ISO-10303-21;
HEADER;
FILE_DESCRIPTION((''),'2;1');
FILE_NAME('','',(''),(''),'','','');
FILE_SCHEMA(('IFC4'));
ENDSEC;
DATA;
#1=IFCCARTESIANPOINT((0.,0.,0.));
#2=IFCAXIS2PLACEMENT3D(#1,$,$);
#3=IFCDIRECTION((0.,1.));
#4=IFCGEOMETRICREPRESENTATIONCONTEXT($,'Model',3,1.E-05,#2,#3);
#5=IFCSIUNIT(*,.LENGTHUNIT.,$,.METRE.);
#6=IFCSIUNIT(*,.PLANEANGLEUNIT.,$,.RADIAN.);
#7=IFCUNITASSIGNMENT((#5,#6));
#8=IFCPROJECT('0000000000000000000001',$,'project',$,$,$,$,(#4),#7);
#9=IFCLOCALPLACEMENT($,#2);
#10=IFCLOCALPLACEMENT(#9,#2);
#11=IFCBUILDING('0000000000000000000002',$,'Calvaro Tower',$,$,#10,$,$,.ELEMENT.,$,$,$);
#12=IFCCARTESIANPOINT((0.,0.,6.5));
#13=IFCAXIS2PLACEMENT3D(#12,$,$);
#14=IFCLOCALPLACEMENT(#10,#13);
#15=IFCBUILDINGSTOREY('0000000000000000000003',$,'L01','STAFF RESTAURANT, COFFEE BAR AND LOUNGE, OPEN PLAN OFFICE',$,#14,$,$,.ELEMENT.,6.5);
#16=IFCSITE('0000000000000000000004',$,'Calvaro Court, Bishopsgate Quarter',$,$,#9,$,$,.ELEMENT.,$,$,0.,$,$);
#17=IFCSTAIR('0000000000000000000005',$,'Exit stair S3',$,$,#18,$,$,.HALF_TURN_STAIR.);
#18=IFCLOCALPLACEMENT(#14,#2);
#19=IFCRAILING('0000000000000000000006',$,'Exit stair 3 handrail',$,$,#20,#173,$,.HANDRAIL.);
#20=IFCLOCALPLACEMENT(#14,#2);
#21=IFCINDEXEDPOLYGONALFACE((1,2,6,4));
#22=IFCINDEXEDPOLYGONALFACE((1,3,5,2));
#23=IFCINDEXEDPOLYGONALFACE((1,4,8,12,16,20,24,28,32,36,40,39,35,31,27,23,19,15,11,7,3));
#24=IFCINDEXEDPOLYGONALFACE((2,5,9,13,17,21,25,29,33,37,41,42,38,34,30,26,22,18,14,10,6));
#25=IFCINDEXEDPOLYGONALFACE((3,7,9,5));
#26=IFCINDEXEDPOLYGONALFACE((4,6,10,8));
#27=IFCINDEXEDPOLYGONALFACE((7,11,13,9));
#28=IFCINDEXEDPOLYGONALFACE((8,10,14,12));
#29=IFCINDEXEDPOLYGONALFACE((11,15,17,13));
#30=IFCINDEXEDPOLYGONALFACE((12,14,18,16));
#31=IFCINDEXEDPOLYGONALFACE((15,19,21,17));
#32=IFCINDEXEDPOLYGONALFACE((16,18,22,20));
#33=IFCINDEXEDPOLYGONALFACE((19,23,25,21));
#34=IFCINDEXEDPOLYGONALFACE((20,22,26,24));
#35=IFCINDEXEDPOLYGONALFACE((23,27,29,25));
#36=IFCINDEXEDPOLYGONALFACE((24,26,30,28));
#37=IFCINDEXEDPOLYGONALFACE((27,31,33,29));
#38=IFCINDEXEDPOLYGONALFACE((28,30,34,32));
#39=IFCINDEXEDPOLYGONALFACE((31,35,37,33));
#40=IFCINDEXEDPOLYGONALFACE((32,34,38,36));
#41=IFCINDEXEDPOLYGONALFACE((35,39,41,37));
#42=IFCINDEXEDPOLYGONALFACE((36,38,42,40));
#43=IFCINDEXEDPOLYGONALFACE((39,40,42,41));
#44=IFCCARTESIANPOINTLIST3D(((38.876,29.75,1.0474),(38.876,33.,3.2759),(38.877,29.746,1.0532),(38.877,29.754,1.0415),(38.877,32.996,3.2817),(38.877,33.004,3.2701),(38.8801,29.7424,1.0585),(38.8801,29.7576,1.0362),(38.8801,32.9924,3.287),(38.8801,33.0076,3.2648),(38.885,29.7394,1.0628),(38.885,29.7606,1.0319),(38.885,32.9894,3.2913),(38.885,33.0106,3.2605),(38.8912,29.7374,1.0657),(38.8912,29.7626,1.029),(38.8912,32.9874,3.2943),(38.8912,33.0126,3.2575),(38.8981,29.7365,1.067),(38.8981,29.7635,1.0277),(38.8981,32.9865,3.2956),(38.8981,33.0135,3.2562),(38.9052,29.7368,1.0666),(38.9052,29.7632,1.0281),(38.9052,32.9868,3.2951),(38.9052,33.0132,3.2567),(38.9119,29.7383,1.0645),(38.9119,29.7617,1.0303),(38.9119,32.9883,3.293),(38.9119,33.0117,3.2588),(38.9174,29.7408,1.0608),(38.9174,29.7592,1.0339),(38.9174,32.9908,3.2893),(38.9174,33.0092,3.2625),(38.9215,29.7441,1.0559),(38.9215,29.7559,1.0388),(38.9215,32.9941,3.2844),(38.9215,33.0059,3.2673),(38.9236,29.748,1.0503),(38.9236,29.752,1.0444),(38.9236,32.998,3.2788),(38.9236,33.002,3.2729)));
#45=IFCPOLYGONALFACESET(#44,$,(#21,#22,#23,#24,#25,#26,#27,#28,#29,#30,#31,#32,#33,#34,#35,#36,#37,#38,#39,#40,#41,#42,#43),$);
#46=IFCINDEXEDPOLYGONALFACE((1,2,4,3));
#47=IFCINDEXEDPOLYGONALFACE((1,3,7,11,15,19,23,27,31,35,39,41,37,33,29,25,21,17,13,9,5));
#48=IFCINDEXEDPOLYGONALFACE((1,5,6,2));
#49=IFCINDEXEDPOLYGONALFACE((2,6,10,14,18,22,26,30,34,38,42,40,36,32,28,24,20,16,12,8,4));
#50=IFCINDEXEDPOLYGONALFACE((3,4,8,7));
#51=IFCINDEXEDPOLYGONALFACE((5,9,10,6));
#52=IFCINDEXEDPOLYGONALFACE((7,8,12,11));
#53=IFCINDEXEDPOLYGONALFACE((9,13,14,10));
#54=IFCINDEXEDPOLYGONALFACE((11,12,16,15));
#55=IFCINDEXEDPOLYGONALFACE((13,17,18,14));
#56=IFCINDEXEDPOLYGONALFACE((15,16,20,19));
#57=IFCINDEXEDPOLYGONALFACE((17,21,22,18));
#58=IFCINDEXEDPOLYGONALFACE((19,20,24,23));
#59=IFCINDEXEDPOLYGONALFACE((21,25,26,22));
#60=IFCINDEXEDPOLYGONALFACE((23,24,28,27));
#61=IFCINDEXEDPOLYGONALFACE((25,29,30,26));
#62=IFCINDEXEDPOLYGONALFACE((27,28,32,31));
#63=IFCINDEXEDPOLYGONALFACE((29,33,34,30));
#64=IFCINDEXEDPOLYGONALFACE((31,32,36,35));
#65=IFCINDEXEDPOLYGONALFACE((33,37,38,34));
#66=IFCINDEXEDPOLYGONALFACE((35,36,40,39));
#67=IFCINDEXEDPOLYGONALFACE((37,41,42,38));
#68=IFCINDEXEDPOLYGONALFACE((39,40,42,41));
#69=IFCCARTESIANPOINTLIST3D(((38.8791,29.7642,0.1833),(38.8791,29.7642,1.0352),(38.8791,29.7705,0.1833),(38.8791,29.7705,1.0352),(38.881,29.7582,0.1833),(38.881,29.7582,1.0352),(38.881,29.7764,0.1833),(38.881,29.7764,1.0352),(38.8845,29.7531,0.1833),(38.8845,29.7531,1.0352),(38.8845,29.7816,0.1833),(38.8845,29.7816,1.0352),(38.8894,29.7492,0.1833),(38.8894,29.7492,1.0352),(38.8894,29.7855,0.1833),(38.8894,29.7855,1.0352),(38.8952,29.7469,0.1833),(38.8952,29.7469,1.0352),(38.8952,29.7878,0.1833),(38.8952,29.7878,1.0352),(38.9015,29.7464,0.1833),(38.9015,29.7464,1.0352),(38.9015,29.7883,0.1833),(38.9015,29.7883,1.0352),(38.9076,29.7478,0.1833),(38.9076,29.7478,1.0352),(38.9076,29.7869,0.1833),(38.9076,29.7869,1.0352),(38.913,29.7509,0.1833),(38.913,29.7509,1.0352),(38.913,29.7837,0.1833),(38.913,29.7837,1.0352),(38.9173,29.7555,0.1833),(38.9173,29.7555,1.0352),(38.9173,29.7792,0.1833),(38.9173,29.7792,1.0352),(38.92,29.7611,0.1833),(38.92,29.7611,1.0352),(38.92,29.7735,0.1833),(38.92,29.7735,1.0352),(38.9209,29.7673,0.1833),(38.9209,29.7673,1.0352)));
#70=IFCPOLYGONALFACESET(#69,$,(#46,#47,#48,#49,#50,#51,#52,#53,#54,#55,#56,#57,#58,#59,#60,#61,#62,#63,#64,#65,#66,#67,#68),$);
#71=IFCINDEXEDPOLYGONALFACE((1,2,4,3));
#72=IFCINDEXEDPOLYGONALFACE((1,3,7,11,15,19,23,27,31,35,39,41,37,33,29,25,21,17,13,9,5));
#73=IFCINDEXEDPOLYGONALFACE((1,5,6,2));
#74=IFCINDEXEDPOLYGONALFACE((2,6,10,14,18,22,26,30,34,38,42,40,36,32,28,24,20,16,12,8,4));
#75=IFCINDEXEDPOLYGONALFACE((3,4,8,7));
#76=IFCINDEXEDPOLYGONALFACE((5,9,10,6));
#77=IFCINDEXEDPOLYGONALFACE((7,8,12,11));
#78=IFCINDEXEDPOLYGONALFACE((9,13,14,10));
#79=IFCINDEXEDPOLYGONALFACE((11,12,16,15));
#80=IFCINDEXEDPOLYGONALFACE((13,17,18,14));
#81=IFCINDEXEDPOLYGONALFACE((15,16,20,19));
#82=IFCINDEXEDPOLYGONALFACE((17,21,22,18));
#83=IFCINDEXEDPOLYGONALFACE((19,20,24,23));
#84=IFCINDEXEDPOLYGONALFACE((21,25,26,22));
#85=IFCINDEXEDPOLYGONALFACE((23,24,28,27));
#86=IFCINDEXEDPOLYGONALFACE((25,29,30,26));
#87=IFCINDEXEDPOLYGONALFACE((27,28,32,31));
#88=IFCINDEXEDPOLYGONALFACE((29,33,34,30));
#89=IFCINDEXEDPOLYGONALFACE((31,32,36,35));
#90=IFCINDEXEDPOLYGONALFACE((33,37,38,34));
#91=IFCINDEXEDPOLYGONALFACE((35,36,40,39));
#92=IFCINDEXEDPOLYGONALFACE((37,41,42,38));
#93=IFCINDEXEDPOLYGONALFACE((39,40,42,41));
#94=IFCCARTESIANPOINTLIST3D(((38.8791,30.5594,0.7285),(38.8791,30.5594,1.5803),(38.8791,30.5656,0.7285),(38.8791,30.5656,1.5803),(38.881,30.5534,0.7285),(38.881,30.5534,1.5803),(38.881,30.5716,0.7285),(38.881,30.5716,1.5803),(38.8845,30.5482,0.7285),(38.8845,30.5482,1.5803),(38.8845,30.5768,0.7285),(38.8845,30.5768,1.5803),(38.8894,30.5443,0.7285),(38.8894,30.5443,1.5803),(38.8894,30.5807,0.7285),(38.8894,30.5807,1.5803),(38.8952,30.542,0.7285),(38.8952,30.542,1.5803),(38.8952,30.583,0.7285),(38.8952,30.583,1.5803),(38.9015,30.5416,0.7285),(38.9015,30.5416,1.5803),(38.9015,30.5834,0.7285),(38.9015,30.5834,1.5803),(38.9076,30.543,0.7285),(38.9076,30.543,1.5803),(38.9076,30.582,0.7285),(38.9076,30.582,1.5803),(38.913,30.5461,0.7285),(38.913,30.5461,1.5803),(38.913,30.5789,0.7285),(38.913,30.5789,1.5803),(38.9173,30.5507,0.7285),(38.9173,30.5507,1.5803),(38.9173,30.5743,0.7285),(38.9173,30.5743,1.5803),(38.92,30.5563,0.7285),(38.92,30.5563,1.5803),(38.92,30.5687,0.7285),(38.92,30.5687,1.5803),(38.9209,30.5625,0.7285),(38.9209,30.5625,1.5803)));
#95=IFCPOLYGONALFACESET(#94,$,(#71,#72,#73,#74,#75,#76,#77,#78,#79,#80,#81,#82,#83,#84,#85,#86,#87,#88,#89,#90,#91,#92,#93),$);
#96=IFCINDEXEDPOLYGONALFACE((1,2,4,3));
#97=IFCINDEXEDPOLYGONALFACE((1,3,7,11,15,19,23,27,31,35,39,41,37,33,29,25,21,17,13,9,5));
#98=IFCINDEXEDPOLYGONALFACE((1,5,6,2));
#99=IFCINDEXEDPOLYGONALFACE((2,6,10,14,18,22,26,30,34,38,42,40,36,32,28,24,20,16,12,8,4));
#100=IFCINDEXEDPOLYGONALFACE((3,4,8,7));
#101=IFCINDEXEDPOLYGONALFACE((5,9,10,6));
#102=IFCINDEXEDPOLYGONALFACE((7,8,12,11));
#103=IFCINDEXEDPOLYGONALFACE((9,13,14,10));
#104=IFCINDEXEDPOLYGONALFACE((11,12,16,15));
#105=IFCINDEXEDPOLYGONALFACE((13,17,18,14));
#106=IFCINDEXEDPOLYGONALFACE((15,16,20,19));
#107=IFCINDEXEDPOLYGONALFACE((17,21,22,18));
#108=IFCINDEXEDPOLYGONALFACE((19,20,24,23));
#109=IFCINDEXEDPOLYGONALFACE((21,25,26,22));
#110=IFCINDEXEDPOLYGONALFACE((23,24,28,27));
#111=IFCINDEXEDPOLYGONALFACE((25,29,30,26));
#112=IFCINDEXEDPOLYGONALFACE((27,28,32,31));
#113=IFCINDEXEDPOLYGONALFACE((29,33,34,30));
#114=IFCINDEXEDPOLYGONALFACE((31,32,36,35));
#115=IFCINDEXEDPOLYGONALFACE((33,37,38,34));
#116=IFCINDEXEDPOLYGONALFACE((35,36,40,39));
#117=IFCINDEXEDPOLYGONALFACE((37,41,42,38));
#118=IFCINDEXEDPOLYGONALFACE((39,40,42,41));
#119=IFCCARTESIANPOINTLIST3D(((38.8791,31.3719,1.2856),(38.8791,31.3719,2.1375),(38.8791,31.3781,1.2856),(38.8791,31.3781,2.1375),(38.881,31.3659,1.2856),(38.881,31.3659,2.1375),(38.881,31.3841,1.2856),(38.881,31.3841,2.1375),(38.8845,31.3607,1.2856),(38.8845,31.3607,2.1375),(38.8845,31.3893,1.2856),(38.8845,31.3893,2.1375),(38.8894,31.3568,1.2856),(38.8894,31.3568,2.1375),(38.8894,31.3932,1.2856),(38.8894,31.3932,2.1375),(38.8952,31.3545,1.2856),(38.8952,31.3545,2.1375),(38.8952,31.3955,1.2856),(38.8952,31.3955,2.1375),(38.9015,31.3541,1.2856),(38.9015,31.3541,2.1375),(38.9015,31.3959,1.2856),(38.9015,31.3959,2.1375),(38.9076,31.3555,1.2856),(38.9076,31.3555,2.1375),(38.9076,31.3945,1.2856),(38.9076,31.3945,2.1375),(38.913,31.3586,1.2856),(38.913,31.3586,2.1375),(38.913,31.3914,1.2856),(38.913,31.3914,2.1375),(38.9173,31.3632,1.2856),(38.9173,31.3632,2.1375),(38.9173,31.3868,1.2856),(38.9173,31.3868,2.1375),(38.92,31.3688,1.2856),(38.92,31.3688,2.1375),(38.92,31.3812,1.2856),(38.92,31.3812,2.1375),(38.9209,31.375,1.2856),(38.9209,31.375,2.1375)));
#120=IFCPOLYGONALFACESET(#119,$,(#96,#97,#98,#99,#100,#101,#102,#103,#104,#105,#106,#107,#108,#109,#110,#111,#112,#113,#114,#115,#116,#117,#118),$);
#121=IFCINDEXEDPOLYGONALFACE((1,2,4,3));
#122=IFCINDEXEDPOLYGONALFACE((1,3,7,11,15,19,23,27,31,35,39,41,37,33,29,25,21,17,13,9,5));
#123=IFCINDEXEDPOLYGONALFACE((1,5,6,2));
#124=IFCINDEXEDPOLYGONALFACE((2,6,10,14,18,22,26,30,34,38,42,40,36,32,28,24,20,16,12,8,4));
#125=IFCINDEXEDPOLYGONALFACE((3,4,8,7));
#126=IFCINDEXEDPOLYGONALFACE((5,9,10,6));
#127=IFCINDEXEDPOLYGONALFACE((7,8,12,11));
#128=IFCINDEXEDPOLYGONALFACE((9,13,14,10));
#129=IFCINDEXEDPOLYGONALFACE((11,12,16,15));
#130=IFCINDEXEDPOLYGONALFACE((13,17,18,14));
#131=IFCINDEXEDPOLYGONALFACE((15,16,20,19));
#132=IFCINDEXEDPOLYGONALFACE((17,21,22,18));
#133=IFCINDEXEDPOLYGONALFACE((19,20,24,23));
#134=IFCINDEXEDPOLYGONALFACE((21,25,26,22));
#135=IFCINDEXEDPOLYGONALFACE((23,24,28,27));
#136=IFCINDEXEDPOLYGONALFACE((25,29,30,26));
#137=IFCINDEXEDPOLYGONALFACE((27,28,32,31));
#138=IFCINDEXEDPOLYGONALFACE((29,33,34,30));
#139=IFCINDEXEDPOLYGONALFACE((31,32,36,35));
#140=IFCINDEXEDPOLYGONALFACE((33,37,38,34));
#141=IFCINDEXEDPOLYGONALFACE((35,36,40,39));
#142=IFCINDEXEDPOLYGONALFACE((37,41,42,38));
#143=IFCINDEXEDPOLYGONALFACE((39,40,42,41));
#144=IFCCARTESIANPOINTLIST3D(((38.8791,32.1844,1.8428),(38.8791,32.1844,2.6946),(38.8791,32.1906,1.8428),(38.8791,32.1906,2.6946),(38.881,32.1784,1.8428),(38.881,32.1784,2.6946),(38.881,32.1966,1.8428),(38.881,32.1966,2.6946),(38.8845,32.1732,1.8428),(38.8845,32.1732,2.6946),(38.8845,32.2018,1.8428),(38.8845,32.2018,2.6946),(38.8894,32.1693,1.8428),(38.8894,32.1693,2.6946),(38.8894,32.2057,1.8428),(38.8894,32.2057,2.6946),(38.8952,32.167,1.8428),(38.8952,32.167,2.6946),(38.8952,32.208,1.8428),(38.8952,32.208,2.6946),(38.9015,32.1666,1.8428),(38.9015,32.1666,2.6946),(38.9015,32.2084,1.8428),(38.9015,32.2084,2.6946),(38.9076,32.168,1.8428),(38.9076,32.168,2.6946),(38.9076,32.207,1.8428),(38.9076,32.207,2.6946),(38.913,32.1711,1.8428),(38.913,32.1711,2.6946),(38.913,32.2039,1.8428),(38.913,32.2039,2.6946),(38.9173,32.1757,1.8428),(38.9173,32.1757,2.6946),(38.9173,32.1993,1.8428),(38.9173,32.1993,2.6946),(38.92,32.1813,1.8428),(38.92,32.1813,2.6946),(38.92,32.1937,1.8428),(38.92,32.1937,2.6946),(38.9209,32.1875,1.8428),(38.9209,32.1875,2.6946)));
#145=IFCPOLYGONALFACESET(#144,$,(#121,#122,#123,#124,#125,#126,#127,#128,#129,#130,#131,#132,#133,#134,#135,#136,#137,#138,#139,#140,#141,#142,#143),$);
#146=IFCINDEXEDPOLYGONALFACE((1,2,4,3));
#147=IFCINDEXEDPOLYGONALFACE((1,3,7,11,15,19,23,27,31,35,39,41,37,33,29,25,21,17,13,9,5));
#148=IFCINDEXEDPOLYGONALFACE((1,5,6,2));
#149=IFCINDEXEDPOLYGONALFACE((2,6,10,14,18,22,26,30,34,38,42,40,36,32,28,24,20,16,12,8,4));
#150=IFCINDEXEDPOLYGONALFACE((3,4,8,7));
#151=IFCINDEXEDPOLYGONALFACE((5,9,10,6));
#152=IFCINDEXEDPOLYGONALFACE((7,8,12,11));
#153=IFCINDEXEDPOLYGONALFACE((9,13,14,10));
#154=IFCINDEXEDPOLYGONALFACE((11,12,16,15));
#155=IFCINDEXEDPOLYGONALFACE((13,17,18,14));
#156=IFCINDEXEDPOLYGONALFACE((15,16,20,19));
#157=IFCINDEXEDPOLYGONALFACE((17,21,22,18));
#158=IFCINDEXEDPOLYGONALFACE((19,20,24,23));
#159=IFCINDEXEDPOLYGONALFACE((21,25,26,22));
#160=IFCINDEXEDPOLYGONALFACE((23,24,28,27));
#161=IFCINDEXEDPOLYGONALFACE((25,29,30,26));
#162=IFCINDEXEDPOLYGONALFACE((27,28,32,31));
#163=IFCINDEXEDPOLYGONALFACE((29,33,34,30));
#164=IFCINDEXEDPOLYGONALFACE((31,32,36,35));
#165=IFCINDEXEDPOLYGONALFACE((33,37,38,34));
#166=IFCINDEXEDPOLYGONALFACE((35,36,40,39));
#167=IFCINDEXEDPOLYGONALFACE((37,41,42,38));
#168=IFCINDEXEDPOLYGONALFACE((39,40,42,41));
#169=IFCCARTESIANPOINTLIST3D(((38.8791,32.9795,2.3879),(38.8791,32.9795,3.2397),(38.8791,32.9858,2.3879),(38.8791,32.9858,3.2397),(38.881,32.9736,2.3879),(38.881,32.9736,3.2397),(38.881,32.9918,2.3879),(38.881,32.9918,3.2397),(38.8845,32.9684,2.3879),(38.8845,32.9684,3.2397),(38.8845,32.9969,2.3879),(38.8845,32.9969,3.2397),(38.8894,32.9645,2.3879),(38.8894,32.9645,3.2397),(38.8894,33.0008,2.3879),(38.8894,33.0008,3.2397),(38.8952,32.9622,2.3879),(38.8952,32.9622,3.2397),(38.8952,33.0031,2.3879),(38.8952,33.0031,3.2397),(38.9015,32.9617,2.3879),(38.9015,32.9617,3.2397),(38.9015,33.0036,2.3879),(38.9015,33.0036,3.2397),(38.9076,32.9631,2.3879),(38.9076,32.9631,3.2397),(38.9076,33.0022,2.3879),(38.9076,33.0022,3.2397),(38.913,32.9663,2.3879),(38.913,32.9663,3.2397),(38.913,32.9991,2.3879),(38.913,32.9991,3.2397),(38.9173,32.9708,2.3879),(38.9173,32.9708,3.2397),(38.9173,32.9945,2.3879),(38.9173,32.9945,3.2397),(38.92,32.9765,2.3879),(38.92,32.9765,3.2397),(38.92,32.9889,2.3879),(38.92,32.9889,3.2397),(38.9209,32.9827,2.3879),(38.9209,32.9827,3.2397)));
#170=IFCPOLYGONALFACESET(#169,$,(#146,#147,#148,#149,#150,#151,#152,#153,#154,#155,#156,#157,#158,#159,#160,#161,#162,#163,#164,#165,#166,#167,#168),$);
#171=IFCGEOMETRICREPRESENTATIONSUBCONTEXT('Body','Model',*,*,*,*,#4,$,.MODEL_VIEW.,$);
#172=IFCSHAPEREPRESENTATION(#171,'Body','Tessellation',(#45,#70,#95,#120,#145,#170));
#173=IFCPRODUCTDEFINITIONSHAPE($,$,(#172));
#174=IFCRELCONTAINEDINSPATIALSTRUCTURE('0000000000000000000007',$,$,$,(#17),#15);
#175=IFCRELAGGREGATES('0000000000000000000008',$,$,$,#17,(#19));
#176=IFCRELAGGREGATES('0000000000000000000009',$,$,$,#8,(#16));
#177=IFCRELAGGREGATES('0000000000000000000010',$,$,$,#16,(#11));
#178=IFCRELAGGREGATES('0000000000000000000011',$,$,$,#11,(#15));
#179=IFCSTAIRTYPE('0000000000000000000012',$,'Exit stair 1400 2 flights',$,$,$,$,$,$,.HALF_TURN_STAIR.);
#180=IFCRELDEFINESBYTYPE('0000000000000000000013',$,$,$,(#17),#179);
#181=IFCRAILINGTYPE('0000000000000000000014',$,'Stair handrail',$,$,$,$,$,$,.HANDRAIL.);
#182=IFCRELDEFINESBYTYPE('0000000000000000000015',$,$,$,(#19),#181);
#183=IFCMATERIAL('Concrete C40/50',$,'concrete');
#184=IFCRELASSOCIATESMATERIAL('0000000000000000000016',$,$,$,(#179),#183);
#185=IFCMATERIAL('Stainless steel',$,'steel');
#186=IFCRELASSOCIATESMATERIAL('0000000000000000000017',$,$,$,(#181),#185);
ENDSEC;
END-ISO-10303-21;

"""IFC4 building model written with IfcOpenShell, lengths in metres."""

from ifc_helpers import new_model, si_unit, direction, frame, origin, origin_2d, place, context, subcontext, project, spatial, circle, extrude, material, type_object, element, aggregate, save


model = new_model("IFC4")

# Units and contexts
model_context = context("Model", 3, precision=1e-05, world=origin(), true_north=direction((0.0, 1.0)))
body_context = subcontext(model_context, "Body", "Model", "MODEL_VIEW")
ifc_project = project(units=[si_unit("LENGTHUNIT", "METRE"), si_unit("PLANEANGLEUNIT", "RADIAN")], contexts=[model_context])

# Site, building, storey
site_placement = place(None, origin())
site = spatial("IfcSite", under=ifc_project, at=site_placement, Name="Calvaro Court, Bishopsgate Quarter", CompositionType="ELEMENT", RefElevation=0.0)
building_placement = place(site_placement, origin())
building = spatial("IfcBuilding", under=site, at=building_placement, Name="Calvaro Tower", CompositionType="ELEMENT")
storey_placement = place(building_placement, frame((0.0, 0.0, 6.5)))
storey = spatial("IfcBuildingStorey", under=building, at=storey_placement, Name="L01", Description="STAFF RESTAURANT, COFFEE BAR AND LOUNGE, OPEN PLAN OFFICE", CompositionType="ELEMENT", Elevation=6.5)

# Stair, railing
ifc_material_1 = material(Name="Concrete C40/50", Category="concrete")
stair_type = type_object("IfcStairType", Name="Exit stair 1400 2 flights", PredefinedType="HALF_TURN_STAIR", material=ifc_material_1)
stair_placement = place(storey_placement, origin())
stair = element("IfcStair", 1, at=stair_placement, inside=storey, type_object=stair_type, Name="Exit stair S3", PredefinedType="HALF_TURN_STAIR")
ifc_material_2 = material(Name="Stainless steel", Category="steel")
railing_type = type_object("IfcRailingType", Name="Stair handrail", PredefinedType="HANDRAIL", material=ifc_material_2)
railing_1_placement = place(storey_placement, frame((38.8999, 29.75, 0.1714)))
railing_1 = element("IfcRailing", 2, at=railing_1_placement, type_object=railing_type, Name="Exit stair 3 handrail", PredefinedType="HANDRAIL", context=body_context, shape_type="SweptSolid", body=[
    extrude(circle(Radius=0.0239, at=origin_2d()), frame((0.0, 0.0, 0.876), z_axis=(0.0, 0.824735, 0.565519), x_axis=(-1.0, 0.0, 0.0)), (0.0, 0.0, 1.0), 3.9407),
    extrude(circle(Radius=0.021, at=origin_2d()), frame((0.0, 0.0173, 0.012)), (0.0, 0.0, 1.0), 0.8518),
    extrude(circle(Radius=0.021, at=origin_2d()), frame((0.0, 0.8125, 0.5571)), (0.0, 0.0, 1.0), 0.8518),
    extrude(circle(Radius=0.021, at=origin_2d()), frame((0.0, 1.625, 1.1143)), (0.0, 0.0, 1.0), 0.8518),
    extrude(circle(Radius=0.021, at=origin_2d()), frame((0.0, 2.4375, 1.6714)), (0.0, 0.0, 1.0), 0.8518),
    extrude(circle(Radius=0.021, at=origin_2d()), frame((0.0, 3.2327, 2.2166)), (0.0, 0.0, 1.0), 0.8518),
])
aggregate(stair, [railing_1])

save(model, "model.ifc")
